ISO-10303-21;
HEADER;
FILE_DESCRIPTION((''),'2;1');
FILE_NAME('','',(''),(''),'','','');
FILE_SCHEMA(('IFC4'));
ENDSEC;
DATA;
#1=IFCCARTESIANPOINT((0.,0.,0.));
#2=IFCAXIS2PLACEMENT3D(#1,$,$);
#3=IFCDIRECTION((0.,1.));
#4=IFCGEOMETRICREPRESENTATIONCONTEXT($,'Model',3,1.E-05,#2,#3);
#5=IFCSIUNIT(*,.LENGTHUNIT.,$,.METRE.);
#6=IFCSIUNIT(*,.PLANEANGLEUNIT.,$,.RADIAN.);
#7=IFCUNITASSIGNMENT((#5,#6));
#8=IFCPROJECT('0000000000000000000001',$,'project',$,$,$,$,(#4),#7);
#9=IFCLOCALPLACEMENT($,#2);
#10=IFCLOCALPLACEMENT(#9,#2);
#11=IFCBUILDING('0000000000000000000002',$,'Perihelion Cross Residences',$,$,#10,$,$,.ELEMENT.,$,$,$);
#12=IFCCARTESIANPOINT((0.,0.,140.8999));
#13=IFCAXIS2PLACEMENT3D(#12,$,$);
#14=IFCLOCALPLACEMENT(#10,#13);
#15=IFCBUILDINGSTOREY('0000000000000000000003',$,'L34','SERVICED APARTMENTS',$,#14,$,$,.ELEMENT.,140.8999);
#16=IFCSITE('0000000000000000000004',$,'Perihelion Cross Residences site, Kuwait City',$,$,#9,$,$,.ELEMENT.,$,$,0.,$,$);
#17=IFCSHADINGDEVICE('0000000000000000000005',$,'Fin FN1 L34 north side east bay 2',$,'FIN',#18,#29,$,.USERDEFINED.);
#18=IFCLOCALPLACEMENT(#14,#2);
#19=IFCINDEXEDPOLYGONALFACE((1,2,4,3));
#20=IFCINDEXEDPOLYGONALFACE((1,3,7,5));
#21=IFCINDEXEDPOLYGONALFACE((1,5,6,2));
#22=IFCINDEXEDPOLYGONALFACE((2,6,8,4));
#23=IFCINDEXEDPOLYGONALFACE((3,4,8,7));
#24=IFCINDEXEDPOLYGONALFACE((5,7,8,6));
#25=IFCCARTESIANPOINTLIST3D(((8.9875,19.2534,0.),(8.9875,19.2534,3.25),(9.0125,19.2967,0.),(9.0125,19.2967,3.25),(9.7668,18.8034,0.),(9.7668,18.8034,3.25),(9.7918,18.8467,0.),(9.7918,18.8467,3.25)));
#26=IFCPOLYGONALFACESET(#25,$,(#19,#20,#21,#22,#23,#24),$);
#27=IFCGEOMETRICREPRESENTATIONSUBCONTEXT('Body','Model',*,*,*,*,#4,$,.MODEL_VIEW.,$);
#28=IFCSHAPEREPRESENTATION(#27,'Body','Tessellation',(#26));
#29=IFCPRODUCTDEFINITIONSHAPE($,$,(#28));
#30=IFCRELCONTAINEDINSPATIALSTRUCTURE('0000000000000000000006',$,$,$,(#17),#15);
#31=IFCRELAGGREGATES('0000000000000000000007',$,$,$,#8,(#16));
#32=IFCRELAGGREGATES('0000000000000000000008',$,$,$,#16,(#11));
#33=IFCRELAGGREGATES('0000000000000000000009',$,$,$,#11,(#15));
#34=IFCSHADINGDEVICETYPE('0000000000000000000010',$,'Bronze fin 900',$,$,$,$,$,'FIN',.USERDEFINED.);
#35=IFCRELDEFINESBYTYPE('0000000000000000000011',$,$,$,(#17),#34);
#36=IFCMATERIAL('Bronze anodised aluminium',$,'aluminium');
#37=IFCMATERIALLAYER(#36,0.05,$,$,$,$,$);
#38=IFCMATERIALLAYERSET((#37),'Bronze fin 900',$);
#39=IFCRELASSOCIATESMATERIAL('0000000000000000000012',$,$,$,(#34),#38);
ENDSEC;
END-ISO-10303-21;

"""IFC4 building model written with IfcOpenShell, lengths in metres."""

from ifc_helpers import new_model, si_unit, direction, frame, origin, origin_2d, place, context, subcontext, project, spatial, rectangle, extrude, material, layer, layer_set, type_object, element, save


model = new_model("IFC4")

# Units and contexts
model_context = context("Model", 3, precision=1e-05, world=origin(), true_north=direction((0.0, 1.0)))
body_context = subcontext(model_context, "Body", "Model", "MODEL_VIEW")
ifc_project = project(units=[si_unit("LENGTHUNIT", "METRE"), si_unit("PLANEANGLEUNIT", "RADIAN")], contexts=[model_context])

# Site, building, storey
site_placement = place(None, origin())
site = spatial("IfcSite", under=ifc_project, at=site_placement, Name="Perihelion Cross Residences site, Kuwait City", CompositionType="ELEMENT", RefElevation=0.0)
building_placement = place(site_placement, origin())
building = spatial("IfcBuilding", under=site, at=building_placement, Name="Perihelion Cross Residences", CompositionType="ELEMENT")
storey_placement = place(building_placement, frame((0.0, 0.0, 140.8999)))
storey = spatial("IfcBuildingStorey", under=building, at=storey_placement, Name="L34", Description="SERVICED APARTMENTS", CompositionType="ELEMENT", Elevation=140.8999)

# Shading device
ifc_material_1 = material(Name="Bronze anodised aluminium", Category="aluminium")
ifc_layer_1 = layer(ifc_material_1, 0.05)
ifc_layer_set_1 = layer_set([ifc_layer_1], Name="Bronze fin 900")
shading_device_type = type_object("IfcShadingDeviceType", Name="Bronze fin 900", ElementType="FIN", PredefinedType="USERDEFINED", material=ifc_layer_set_1)
shading_device_placement = place(storey_placement, frame((9.3896, 19.05, 0.0), z_axis=(0.0, 0.0, 1.0), x_axis=(0.866025, -0.5, 0.0)))
element("IfcShadingDevice", 1, at=shading_device_placement, inside=storey, type_object=shading_device_type, Name="Fin FN1 L34 north side east bay 2", ObjectType="FIN", PredefinedType="USERDEFINED", context=body_context, shape_type="SweptSolid", body=[
    extrude(rectangle(XDim=0.8999, YDim=0.05, at=origin_2d()), origin(), (0.0, 0.0, 1.0), 3.25),
])

save(model, "model.ifc")
